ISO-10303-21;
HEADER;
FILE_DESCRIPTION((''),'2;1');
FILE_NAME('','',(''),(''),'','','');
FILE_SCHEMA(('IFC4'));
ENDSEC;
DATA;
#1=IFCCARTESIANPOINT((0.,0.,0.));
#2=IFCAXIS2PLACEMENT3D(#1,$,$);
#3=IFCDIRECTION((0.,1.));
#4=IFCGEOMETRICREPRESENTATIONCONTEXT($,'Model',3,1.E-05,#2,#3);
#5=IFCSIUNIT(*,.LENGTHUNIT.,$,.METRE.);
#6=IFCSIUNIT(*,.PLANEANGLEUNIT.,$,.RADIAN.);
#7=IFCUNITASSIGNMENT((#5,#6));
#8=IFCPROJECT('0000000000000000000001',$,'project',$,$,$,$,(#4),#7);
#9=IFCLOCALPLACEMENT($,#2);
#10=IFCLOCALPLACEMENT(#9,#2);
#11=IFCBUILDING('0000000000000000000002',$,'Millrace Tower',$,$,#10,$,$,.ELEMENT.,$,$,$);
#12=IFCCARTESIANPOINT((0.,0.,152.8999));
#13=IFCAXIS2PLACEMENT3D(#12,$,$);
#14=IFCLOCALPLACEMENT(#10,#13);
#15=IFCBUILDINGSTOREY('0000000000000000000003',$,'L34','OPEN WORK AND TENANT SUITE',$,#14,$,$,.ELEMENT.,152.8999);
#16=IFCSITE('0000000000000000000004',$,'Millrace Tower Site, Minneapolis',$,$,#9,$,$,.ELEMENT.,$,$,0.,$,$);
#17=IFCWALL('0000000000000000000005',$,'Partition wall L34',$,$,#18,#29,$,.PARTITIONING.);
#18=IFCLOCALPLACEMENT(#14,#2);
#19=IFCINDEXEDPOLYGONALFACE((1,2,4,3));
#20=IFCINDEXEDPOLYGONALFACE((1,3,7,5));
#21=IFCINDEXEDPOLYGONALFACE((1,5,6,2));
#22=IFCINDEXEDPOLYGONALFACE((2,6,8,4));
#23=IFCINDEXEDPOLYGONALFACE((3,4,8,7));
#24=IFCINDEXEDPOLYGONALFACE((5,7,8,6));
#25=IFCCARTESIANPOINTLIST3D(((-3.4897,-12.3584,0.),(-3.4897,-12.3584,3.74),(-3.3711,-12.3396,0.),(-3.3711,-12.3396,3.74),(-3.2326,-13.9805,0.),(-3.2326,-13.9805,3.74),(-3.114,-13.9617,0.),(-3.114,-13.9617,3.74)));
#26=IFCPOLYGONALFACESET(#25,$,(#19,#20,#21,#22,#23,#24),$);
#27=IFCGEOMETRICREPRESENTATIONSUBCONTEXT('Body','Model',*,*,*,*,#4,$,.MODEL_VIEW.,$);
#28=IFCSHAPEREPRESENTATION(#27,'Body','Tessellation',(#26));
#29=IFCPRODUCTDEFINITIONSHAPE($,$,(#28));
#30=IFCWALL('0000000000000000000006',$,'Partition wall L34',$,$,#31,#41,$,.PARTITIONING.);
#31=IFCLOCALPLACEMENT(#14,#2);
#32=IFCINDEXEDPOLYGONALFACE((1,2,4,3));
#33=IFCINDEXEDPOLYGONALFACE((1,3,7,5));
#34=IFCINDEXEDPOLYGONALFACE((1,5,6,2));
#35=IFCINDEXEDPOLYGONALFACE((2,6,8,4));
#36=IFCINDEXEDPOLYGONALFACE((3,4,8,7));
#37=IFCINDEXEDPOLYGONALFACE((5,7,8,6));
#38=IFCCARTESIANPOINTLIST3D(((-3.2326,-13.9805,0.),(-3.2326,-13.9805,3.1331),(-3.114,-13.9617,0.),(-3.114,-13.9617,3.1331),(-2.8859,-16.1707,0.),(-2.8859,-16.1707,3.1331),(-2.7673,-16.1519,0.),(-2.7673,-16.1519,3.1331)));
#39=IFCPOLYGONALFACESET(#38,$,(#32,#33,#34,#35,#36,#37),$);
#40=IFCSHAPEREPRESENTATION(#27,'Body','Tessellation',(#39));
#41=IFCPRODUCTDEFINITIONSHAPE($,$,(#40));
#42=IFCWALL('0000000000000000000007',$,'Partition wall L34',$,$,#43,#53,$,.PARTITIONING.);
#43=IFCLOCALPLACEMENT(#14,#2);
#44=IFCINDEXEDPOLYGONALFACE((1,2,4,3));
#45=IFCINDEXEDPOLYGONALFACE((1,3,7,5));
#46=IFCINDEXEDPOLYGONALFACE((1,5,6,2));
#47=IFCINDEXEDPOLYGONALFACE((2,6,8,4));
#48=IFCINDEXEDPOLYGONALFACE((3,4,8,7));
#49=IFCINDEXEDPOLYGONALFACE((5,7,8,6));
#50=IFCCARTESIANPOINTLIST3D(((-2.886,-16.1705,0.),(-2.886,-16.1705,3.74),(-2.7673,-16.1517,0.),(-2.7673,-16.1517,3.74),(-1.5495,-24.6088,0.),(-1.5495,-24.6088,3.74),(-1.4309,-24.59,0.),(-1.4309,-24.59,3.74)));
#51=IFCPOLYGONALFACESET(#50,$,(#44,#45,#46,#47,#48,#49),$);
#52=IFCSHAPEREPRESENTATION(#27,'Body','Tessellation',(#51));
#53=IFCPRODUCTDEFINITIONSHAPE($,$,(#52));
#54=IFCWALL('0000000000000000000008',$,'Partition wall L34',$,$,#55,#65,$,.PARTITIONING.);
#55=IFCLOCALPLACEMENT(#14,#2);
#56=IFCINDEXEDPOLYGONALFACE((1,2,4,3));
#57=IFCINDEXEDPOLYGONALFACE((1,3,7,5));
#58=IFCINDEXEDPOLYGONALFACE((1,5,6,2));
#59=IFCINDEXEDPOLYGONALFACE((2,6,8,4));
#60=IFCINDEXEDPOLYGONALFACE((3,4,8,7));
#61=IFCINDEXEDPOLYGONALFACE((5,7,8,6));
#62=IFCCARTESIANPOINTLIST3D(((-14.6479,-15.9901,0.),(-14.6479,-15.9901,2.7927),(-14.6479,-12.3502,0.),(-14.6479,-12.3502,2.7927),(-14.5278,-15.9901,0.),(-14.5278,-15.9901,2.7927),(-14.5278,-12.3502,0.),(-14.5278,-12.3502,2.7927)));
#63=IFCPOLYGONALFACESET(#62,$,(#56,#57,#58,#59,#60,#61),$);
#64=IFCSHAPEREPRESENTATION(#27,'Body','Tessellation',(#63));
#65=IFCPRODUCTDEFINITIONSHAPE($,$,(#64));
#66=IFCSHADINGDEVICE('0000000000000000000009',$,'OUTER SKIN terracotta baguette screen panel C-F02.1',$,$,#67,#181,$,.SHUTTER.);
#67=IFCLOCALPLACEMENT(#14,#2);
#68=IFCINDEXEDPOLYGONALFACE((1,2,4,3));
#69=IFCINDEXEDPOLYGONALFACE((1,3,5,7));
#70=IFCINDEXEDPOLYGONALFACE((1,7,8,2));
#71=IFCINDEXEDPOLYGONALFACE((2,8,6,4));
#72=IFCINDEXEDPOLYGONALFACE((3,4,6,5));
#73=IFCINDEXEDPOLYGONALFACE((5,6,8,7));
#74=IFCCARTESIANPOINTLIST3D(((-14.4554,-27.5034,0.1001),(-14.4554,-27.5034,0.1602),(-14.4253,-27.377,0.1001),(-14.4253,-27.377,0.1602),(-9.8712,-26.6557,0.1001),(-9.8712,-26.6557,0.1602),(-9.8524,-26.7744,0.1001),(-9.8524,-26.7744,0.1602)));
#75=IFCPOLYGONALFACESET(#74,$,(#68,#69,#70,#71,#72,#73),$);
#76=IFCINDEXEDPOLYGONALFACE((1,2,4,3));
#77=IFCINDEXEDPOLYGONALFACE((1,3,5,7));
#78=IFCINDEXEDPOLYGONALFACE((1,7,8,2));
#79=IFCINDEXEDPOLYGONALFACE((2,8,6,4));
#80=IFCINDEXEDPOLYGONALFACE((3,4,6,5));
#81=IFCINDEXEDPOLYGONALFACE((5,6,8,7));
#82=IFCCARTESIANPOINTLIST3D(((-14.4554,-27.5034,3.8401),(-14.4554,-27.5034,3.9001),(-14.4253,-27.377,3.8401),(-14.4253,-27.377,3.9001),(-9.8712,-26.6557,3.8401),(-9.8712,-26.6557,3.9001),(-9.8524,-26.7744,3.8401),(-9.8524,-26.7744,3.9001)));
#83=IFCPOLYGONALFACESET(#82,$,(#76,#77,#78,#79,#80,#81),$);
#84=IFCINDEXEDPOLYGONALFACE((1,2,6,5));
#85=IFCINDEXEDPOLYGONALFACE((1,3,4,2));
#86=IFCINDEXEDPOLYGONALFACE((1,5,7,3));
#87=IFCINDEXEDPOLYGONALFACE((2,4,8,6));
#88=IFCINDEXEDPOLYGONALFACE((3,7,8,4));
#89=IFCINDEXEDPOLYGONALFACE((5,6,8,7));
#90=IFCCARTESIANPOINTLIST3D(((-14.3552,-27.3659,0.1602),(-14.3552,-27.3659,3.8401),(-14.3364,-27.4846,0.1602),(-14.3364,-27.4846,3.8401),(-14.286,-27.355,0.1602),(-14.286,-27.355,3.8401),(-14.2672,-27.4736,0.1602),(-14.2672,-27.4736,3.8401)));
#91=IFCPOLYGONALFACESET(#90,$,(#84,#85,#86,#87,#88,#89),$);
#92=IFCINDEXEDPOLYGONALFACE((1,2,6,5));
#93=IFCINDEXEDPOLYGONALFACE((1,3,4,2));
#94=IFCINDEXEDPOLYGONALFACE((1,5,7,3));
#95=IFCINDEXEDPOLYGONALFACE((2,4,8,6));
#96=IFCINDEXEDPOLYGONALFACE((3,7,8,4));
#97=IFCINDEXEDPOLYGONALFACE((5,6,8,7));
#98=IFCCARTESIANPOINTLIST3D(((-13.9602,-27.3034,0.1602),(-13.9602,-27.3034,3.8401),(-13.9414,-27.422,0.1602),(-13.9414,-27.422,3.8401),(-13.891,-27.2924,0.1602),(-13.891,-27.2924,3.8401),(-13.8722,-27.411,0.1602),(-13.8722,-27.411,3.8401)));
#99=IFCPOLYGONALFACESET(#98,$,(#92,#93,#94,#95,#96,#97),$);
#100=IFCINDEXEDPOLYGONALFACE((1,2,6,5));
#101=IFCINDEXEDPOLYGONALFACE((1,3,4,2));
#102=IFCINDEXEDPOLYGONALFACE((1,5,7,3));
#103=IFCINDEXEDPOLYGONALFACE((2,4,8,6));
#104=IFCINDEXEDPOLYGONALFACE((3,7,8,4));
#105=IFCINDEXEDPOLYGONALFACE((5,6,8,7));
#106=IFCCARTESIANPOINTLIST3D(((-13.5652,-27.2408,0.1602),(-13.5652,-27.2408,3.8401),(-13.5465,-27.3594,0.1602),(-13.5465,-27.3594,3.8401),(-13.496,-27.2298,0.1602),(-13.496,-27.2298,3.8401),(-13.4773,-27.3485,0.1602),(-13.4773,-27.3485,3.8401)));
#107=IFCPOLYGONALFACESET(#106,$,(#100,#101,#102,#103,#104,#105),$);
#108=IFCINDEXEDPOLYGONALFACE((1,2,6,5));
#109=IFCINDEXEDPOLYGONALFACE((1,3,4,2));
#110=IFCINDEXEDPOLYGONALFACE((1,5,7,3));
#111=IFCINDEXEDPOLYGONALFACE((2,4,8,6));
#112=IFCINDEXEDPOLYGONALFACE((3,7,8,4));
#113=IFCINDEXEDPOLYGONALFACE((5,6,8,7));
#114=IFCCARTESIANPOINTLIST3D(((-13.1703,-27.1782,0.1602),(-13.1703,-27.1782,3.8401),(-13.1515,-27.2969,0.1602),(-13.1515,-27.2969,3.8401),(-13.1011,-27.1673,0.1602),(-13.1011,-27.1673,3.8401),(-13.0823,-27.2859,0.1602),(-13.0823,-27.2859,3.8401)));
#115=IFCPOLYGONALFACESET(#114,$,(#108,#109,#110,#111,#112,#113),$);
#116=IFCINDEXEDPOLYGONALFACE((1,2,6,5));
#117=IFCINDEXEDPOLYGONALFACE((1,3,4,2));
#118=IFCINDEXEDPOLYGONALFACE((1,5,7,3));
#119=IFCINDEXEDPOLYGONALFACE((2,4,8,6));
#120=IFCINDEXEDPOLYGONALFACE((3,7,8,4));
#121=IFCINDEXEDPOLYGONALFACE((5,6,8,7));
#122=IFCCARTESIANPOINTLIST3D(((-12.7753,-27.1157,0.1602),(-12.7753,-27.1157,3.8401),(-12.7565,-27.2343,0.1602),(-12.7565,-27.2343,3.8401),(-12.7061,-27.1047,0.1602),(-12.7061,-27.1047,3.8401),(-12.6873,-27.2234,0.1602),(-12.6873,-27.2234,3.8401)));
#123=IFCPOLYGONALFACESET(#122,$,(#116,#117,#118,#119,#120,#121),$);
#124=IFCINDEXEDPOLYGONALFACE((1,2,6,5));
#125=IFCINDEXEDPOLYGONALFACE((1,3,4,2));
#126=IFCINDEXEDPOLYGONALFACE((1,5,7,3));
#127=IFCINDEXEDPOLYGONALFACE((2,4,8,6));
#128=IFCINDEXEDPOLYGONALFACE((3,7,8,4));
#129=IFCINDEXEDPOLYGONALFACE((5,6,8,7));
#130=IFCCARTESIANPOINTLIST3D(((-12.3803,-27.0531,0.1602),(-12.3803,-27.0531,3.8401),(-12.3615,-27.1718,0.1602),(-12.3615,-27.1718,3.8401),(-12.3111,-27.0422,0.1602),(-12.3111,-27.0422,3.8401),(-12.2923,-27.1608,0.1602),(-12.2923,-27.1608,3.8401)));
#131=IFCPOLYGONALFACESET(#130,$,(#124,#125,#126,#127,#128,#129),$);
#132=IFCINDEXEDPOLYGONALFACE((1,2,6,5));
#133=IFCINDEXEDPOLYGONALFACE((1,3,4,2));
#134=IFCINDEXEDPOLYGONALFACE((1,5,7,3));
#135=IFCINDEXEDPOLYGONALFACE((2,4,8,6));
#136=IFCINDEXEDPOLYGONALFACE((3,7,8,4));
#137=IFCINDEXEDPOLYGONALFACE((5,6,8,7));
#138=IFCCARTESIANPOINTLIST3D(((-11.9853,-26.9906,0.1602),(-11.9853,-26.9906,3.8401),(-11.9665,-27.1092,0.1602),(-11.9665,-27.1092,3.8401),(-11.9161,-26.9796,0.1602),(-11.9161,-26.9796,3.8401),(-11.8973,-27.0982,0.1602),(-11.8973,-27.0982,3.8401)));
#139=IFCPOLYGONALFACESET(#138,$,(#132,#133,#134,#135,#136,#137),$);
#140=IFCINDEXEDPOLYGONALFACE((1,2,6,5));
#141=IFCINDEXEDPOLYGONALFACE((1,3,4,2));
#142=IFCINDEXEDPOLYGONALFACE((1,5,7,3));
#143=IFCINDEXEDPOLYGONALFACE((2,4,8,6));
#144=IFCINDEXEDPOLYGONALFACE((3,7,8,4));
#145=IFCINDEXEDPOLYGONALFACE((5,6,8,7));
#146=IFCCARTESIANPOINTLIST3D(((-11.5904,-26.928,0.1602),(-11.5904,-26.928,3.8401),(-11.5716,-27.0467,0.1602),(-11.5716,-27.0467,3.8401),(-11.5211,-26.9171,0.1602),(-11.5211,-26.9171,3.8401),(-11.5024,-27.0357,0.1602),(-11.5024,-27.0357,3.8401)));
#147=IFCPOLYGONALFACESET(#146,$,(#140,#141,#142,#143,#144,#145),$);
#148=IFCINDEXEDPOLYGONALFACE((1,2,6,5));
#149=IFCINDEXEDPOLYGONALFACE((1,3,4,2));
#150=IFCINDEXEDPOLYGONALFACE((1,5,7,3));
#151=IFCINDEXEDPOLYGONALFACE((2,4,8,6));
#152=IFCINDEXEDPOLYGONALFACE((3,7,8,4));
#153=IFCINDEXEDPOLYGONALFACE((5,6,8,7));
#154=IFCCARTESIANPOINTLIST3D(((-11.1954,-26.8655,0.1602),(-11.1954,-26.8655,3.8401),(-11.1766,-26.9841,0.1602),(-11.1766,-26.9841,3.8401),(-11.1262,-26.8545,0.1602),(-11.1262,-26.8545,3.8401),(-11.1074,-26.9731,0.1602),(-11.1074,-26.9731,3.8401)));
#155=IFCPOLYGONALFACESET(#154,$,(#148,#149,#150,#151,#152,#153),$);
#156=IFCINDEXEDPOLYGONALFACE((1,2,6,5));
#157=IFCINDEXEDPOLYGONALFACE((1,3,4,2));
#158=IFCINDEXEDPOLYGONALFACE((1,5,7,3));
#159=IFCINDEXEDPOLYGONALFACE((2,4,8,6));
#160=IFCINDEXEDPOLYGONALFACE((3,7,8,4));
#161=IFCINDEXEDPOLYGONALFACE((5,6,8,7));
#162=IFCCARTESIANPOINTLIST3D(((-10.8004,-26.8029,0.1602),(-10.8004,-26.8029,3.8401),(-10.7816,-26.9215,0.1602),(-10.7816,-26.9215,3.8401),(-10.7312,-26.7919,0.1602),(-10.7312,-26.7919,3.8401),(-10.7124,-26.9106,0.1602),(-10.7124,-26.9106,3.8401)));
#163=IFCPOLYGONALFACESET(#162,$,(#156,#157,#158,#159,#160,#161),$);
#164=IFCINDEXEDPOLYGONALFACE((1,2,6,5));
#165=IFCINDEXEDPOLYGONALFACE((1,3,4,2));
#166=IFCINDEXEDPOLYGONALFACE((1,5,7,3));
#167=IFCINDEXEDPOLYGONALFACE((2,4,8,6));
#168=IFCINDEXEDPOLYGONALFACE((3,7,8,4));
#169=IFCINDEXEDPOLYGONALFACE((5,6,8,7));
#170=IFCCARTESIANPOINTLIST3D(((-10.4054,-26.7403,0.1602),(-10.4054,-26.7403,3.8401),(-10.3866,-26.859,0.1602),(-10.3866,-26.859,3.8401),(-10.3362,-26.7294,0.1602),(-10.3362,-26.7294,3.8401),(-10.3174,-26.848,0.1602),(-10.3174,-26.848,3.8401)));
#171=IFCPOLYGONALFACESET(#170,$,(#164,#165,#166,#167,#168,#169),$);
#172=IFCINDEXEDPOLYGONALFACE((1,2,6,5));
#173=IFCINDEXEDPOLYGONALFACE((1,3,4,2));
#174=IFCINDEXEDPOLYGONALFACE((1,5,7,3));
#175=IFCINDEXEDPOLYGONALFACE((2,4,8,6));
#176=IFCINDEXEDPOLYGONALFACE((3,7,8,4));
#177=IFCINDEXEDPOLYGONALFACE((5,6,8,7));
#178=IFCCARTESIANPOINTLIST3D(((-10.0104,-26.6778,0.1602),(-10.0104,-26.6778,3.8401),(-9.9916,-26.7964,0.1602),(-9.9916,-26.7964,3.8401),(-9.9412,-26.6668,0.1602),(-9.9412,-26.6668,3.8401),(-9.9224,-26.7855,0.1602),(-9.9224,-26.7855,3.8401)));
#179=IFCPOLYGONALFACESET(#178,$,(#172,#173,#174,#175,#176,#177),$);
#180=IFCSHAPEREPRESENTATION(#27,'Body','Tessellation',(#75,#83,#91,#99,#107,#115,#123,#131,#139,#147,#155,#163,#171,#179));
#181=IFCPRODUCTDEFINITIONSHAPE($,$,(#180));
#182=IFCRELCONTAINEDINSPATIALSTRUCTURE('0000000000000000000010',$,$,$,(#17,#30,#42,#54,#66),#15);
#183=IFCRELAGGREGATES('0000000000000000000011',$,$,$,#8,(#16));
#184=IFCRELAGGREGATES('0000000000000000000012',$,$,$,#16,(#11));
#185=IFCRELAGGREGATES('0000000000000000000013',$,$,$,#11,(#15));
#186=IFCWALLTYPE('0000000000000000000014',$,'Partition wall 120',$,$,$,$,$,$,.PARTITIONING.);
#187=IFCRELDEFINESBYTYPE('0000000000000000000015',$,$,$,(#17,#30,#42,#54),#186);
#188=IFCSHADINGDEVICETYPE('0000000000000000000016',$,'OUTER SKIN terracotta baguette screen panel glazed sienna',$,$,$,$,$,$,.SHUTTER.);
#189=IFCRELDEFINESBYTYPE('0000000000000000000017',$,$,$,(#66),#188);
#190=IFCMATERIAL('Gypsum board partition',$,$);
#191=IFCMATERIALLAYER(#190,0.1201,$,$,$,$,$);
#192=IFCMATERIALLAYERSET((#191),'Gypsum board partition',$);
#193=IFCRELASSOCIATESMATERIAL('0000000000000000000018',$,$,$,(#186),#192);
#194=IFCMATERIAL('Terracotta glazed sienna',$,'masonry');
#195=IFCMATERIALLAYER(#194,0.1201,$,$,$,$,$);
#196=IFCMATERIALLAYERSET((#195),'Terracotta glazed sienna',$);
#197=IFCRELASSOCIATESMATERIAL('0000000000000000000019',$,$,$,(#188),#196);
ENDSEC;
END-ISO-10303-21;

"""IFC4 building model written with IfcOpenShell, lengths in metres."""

from ifc_helpers import new_model, entity, si_unit, direction, frame, frame_2d, origin, place, context, subcontext, project, spatial, rectangle, extrude, source, transform, mapped, material, layer, layer_set, type_object, element, save


model = new_model("IFC4")

# Units and contexts
model_context = context("Model", 3, precision=1e-05, world=origin(), true_north=direction((0.0, 1.0)))
body_context = subcontext(model_context, "Body", "Model", "MODEL_VIEW")
ifc_project = project(units=[si_unit("LENGTHUNIT", "METRE"), si_unit("PLANEANGLEUNIT", "RADIAN")], contexts=[model_context])

# Site, building, storey
site_placement = place(None, origin())
site = spatial("IfcSite", under=ifc_project, at=site_placement, Name="Millrace Tower Site, Minneapolis", CompositionType="ELEMENT", RefElevation=0.0)
building_placement = place(site_placement, origin())
building = spatial("IfcBuilding", under=site, at=building_placement, Name="Millrace Tower", CompositionType="ELEMENT")
storey_placement = place(building_placement, frame((0.0, 0.0, 152.8999)))
storey = spatial("IfcBuildingStorey", under=building, at=storey_placement, Name="L34", Description="OPEN WORK AND TENANT SUITE", CompositionType="ELEMENT", Elevation=152.8999)

# Walls
ifc_material_1 = material(Name="Gypsum board partition")
ifc_layer_1 = layer(ifc_material_1, 0.1201)
ifc_layer_set_1 = layer_set([ifc_layer_1], Name="Gypsum board partition")
wall_type = type_object("IfcWallType", Name="Partition wall 120", PredefinedType="PARTITIONING", material=ifc_layer_set_1)
wall_1_placement = place(storey_placement, frame((-3.4304, -12.3489, 0.0), z_axis=(0.0, 0.0, 1.0), x_axis=(0.156535, -0.987672, 0.0)))
element("IfcWall", 1, at=wall_1_placement, inside=storey, type_object=wall_type, Name="Partition wall L34", PredefinedType="PARTITIONING", context=body_context, shape_type="SweptSolid", body=[
    extrude(rectangle(XDim=1.6423, YDim=0.1201, at=frame_2d((0.8213, 0.0))), origin(), (0.0, 0.0, 1.0), 3.74),
])
wall_2_placement = place(storey_placement, frame((-3.1733, -13.9709, 0.0), z_axis=(0.0, 0.0, 1.0), x_axis=(0.156341, -0.987703, 0.0)))
element("IfcWall", 2, at=wall_2_placement, inside=storey, type_object=wall_type, Name="Partition wall L34", PredefinedType="PARTITIONING", context=body_context, shape_type="SweptSolid", body=[
    extrude(rectangle(XDim=2.2175, YDim=0.1201, at=frame_2d((1.1089, 0.0))), origin(), (0.0, 0.0, 1.0), 3.1331),
])
wall_3_placement = place(storey_placement, frame((-2.8267, -16.1611, 0.0), z_axis=(0.0, 0.0, 1.0), x_axis=(0.156428, -0.987689, 0.0)))
element("IfcWall", 3, at=wall_3_placement, inside=storey, type_object=wall_type, Name="Partition wall L34", PredefinedType="PARTITIONING", context=body_context, shape_type="SweptSolid", body=[
    extrude(rectangle(XDim=8.5435, YDim=0.1201, at=frame_2d((4.2717, 0.0))), origin(), (0.0, 0.0, 1.0), 3.74),
])
wall_4_placement = place(storey_placement, frame((-14.5879, -15.99, 0.0), z_axis=(0.0, 0.0, 1.0), x_axis=(0.0, 1.0, 0.0)))
element("IfcWall", 4, at=wall_4_placement, inside=storey, type_object=wall_type, Name="Partition wall L34", PredefinedType="PARTITIONING", context=body_context, shape_type="SweptSolid", body=[
    extrude(rectangle(XDim=3.6399, YDim=0.1201, at=frame_2d((1.8198, 0.0))), origin(), (0.0, 0.0, 1.0), 2.7927),
])

# Shading device
ifc_material_2 = material(Name="Terracotta glazed sienna", Category="masonry")
ifc_layer_2 = layer(ifc_material_2, 0.1201)
ifc_layer_set_2 = layer_set([ifc_layer_2], Name="Terracotta glazed sienna")
shading_device_type = type_object("IfcShadingDeviceType", Name="OUTER SKIN terracotta baguette screen panel glazed sienna", PredefinedType="SHUTTER", material=ifc_layer_set_2)
cartesian_point_1 = entity("IfcCartesianPoint", [-2.293, 0.0601])
shared_polyline_1 = entity("IfcPolyline", [cartesian_point_1, entity("IfcCartesianPoint", [2.3179, 0.0601]), entity("IfcCartesianPoint", [2.3179, -0.0601]), entity("IfcCartesianPoint", [-2.3425, -0.0601]), cartesian_point_1])
shared_shape_1 = source(origin(), body_context, "Body", "SweptSolid", [
    entity("IfcExtrudedAreaSolid", entity("IfcArbitraryClosedProfileDef", "AREA", None, shared_polyline_1), entity("IfcAxis2Placement3D", entity("IfcCartesianPoint", [0.0, 0.0, 0.0])), entity("IfcDirection", [0.0, 0.0, 1.0]), 0.0601),
    entity("IfcExtrudedAreaSolid", entity("IfcArbitraryClosedProfileDef", "AREA", None, shared_polyline_1), entity("IfcAxis2Placement3D", entity("IfcCartesianPoint", [0.0, 0.0, 3.74])), entity("IfcDirection", [0.0, 0.0, 1.0]), 0.0601),
    extrude(rectangle(XDim=0.0701, YDim=0.1201, at=frame_2d((-2.187, 0.0))), frame((0.0, 0.0, 0.0601)), (0.0, 0.0, 1.0), 3.6799),
    extrude(rectangle(XDim=0.0701, YDim=0.1201, at=frame_2d((-1.7871, 0.0))), frame((0.0, 0.0, 0.0601)), (0.0, 0.0, 1.0), 3.6799),
    extrude(rectangle(XDim=0.0701, YDim=0.1201, at=frame_2d((-1.3872, 0.0))), frame((0.0, 0.0, 0.0601)), (0.0, 0.0, 1.0), 3.6799),
    extrude(rectangle(XDim=0.0701, YDim=0.1201, at=frame_2d((-0.9873, 0.0))), frame((0.0, 0.0, 0.0601)), (0.0, 0.0, 1.0), 3.6799),
    extrude(rectangle(XDim=0.0701, YDim=0.1201, at=frame_2d((-0.5874, 0.0))), frame((0.0, 0.0, 0.0601)), (0.0, 0.0, 1.0), 3.6799),
    extrude(rectangle(XDim=0.0701, YDim=0.1201, at=frame_2d((-0.1875, 0.0))), frame((0.0, 0.0, 0.0601)), (0.0, 0.0, 1.0), 3.6799),
    extrude(rectangle(XDim=0.0701, YDim=0.1201, at=frame_2d((0.2124, 0.0))), frame((0.0, 0.0, 0.0601)), (0.0, 0.0, 1.0), 3.6799),
    extrude(rectangle(XDim=0.0701, YDim=0.1201, at=frame_2d((0.6123, 0.0))), frame((0.0, 0.0, 0.0601)), (0.0, 0.0, 1.0), 3.6799),
    extrude(rectangle(XDim=0.0701, YDim=0.1201, at=frame_2d((1.0122, 0.0))), frame((0.0, 0.0, 0.0601)), (0.0, 0.0, 1.0), 3.6799),
    extrude(rectangle(XDim=0.0701, YDim=0.1201, at=frame_2d((1.4121, 0.0))), frame((0.0, 0.0, 0.0601)), (0.0, 0.0, 1.0), 3.6799),
    extrude(rectangle(XDim=0.0701, YDim=0.1201, at=frame_2d((1.812, 0.0))), frame((0.0, 0.0, 0.0601)), (0.0, 0.0, 1.0), 3.6799),
    extrude(rectangle(XDim=0.0701, YDim=0.1201, at=frame_2d((2.2119, 0.0))), frame((0.0, 0.0, 0.0601)), (0.0, 0.0, 1.0), 3.6799),
])
shading_device_placement = place(storey_placement, frame((-12.1511, -27.0776, 0.1001), z_axis=(0.0, 0.0, 1.0), x_axis=(0.987688, 0.156434, 0.0)))
element("IfcShadingDevice", 5, at=shading_device_placement, inside=storey, type_object=shading_device_type, Name="OUTER SKIN terracotta baguette screen panel C-F02.1", PredefinedType="SHUTTER", context=body_context, shape_type="MappedRepresentation", body=[
    mapped(shared_shape_1, transform((0.0, 0.0, 0.0), scale=1.0)),
])

save(model, "model.ifc")
